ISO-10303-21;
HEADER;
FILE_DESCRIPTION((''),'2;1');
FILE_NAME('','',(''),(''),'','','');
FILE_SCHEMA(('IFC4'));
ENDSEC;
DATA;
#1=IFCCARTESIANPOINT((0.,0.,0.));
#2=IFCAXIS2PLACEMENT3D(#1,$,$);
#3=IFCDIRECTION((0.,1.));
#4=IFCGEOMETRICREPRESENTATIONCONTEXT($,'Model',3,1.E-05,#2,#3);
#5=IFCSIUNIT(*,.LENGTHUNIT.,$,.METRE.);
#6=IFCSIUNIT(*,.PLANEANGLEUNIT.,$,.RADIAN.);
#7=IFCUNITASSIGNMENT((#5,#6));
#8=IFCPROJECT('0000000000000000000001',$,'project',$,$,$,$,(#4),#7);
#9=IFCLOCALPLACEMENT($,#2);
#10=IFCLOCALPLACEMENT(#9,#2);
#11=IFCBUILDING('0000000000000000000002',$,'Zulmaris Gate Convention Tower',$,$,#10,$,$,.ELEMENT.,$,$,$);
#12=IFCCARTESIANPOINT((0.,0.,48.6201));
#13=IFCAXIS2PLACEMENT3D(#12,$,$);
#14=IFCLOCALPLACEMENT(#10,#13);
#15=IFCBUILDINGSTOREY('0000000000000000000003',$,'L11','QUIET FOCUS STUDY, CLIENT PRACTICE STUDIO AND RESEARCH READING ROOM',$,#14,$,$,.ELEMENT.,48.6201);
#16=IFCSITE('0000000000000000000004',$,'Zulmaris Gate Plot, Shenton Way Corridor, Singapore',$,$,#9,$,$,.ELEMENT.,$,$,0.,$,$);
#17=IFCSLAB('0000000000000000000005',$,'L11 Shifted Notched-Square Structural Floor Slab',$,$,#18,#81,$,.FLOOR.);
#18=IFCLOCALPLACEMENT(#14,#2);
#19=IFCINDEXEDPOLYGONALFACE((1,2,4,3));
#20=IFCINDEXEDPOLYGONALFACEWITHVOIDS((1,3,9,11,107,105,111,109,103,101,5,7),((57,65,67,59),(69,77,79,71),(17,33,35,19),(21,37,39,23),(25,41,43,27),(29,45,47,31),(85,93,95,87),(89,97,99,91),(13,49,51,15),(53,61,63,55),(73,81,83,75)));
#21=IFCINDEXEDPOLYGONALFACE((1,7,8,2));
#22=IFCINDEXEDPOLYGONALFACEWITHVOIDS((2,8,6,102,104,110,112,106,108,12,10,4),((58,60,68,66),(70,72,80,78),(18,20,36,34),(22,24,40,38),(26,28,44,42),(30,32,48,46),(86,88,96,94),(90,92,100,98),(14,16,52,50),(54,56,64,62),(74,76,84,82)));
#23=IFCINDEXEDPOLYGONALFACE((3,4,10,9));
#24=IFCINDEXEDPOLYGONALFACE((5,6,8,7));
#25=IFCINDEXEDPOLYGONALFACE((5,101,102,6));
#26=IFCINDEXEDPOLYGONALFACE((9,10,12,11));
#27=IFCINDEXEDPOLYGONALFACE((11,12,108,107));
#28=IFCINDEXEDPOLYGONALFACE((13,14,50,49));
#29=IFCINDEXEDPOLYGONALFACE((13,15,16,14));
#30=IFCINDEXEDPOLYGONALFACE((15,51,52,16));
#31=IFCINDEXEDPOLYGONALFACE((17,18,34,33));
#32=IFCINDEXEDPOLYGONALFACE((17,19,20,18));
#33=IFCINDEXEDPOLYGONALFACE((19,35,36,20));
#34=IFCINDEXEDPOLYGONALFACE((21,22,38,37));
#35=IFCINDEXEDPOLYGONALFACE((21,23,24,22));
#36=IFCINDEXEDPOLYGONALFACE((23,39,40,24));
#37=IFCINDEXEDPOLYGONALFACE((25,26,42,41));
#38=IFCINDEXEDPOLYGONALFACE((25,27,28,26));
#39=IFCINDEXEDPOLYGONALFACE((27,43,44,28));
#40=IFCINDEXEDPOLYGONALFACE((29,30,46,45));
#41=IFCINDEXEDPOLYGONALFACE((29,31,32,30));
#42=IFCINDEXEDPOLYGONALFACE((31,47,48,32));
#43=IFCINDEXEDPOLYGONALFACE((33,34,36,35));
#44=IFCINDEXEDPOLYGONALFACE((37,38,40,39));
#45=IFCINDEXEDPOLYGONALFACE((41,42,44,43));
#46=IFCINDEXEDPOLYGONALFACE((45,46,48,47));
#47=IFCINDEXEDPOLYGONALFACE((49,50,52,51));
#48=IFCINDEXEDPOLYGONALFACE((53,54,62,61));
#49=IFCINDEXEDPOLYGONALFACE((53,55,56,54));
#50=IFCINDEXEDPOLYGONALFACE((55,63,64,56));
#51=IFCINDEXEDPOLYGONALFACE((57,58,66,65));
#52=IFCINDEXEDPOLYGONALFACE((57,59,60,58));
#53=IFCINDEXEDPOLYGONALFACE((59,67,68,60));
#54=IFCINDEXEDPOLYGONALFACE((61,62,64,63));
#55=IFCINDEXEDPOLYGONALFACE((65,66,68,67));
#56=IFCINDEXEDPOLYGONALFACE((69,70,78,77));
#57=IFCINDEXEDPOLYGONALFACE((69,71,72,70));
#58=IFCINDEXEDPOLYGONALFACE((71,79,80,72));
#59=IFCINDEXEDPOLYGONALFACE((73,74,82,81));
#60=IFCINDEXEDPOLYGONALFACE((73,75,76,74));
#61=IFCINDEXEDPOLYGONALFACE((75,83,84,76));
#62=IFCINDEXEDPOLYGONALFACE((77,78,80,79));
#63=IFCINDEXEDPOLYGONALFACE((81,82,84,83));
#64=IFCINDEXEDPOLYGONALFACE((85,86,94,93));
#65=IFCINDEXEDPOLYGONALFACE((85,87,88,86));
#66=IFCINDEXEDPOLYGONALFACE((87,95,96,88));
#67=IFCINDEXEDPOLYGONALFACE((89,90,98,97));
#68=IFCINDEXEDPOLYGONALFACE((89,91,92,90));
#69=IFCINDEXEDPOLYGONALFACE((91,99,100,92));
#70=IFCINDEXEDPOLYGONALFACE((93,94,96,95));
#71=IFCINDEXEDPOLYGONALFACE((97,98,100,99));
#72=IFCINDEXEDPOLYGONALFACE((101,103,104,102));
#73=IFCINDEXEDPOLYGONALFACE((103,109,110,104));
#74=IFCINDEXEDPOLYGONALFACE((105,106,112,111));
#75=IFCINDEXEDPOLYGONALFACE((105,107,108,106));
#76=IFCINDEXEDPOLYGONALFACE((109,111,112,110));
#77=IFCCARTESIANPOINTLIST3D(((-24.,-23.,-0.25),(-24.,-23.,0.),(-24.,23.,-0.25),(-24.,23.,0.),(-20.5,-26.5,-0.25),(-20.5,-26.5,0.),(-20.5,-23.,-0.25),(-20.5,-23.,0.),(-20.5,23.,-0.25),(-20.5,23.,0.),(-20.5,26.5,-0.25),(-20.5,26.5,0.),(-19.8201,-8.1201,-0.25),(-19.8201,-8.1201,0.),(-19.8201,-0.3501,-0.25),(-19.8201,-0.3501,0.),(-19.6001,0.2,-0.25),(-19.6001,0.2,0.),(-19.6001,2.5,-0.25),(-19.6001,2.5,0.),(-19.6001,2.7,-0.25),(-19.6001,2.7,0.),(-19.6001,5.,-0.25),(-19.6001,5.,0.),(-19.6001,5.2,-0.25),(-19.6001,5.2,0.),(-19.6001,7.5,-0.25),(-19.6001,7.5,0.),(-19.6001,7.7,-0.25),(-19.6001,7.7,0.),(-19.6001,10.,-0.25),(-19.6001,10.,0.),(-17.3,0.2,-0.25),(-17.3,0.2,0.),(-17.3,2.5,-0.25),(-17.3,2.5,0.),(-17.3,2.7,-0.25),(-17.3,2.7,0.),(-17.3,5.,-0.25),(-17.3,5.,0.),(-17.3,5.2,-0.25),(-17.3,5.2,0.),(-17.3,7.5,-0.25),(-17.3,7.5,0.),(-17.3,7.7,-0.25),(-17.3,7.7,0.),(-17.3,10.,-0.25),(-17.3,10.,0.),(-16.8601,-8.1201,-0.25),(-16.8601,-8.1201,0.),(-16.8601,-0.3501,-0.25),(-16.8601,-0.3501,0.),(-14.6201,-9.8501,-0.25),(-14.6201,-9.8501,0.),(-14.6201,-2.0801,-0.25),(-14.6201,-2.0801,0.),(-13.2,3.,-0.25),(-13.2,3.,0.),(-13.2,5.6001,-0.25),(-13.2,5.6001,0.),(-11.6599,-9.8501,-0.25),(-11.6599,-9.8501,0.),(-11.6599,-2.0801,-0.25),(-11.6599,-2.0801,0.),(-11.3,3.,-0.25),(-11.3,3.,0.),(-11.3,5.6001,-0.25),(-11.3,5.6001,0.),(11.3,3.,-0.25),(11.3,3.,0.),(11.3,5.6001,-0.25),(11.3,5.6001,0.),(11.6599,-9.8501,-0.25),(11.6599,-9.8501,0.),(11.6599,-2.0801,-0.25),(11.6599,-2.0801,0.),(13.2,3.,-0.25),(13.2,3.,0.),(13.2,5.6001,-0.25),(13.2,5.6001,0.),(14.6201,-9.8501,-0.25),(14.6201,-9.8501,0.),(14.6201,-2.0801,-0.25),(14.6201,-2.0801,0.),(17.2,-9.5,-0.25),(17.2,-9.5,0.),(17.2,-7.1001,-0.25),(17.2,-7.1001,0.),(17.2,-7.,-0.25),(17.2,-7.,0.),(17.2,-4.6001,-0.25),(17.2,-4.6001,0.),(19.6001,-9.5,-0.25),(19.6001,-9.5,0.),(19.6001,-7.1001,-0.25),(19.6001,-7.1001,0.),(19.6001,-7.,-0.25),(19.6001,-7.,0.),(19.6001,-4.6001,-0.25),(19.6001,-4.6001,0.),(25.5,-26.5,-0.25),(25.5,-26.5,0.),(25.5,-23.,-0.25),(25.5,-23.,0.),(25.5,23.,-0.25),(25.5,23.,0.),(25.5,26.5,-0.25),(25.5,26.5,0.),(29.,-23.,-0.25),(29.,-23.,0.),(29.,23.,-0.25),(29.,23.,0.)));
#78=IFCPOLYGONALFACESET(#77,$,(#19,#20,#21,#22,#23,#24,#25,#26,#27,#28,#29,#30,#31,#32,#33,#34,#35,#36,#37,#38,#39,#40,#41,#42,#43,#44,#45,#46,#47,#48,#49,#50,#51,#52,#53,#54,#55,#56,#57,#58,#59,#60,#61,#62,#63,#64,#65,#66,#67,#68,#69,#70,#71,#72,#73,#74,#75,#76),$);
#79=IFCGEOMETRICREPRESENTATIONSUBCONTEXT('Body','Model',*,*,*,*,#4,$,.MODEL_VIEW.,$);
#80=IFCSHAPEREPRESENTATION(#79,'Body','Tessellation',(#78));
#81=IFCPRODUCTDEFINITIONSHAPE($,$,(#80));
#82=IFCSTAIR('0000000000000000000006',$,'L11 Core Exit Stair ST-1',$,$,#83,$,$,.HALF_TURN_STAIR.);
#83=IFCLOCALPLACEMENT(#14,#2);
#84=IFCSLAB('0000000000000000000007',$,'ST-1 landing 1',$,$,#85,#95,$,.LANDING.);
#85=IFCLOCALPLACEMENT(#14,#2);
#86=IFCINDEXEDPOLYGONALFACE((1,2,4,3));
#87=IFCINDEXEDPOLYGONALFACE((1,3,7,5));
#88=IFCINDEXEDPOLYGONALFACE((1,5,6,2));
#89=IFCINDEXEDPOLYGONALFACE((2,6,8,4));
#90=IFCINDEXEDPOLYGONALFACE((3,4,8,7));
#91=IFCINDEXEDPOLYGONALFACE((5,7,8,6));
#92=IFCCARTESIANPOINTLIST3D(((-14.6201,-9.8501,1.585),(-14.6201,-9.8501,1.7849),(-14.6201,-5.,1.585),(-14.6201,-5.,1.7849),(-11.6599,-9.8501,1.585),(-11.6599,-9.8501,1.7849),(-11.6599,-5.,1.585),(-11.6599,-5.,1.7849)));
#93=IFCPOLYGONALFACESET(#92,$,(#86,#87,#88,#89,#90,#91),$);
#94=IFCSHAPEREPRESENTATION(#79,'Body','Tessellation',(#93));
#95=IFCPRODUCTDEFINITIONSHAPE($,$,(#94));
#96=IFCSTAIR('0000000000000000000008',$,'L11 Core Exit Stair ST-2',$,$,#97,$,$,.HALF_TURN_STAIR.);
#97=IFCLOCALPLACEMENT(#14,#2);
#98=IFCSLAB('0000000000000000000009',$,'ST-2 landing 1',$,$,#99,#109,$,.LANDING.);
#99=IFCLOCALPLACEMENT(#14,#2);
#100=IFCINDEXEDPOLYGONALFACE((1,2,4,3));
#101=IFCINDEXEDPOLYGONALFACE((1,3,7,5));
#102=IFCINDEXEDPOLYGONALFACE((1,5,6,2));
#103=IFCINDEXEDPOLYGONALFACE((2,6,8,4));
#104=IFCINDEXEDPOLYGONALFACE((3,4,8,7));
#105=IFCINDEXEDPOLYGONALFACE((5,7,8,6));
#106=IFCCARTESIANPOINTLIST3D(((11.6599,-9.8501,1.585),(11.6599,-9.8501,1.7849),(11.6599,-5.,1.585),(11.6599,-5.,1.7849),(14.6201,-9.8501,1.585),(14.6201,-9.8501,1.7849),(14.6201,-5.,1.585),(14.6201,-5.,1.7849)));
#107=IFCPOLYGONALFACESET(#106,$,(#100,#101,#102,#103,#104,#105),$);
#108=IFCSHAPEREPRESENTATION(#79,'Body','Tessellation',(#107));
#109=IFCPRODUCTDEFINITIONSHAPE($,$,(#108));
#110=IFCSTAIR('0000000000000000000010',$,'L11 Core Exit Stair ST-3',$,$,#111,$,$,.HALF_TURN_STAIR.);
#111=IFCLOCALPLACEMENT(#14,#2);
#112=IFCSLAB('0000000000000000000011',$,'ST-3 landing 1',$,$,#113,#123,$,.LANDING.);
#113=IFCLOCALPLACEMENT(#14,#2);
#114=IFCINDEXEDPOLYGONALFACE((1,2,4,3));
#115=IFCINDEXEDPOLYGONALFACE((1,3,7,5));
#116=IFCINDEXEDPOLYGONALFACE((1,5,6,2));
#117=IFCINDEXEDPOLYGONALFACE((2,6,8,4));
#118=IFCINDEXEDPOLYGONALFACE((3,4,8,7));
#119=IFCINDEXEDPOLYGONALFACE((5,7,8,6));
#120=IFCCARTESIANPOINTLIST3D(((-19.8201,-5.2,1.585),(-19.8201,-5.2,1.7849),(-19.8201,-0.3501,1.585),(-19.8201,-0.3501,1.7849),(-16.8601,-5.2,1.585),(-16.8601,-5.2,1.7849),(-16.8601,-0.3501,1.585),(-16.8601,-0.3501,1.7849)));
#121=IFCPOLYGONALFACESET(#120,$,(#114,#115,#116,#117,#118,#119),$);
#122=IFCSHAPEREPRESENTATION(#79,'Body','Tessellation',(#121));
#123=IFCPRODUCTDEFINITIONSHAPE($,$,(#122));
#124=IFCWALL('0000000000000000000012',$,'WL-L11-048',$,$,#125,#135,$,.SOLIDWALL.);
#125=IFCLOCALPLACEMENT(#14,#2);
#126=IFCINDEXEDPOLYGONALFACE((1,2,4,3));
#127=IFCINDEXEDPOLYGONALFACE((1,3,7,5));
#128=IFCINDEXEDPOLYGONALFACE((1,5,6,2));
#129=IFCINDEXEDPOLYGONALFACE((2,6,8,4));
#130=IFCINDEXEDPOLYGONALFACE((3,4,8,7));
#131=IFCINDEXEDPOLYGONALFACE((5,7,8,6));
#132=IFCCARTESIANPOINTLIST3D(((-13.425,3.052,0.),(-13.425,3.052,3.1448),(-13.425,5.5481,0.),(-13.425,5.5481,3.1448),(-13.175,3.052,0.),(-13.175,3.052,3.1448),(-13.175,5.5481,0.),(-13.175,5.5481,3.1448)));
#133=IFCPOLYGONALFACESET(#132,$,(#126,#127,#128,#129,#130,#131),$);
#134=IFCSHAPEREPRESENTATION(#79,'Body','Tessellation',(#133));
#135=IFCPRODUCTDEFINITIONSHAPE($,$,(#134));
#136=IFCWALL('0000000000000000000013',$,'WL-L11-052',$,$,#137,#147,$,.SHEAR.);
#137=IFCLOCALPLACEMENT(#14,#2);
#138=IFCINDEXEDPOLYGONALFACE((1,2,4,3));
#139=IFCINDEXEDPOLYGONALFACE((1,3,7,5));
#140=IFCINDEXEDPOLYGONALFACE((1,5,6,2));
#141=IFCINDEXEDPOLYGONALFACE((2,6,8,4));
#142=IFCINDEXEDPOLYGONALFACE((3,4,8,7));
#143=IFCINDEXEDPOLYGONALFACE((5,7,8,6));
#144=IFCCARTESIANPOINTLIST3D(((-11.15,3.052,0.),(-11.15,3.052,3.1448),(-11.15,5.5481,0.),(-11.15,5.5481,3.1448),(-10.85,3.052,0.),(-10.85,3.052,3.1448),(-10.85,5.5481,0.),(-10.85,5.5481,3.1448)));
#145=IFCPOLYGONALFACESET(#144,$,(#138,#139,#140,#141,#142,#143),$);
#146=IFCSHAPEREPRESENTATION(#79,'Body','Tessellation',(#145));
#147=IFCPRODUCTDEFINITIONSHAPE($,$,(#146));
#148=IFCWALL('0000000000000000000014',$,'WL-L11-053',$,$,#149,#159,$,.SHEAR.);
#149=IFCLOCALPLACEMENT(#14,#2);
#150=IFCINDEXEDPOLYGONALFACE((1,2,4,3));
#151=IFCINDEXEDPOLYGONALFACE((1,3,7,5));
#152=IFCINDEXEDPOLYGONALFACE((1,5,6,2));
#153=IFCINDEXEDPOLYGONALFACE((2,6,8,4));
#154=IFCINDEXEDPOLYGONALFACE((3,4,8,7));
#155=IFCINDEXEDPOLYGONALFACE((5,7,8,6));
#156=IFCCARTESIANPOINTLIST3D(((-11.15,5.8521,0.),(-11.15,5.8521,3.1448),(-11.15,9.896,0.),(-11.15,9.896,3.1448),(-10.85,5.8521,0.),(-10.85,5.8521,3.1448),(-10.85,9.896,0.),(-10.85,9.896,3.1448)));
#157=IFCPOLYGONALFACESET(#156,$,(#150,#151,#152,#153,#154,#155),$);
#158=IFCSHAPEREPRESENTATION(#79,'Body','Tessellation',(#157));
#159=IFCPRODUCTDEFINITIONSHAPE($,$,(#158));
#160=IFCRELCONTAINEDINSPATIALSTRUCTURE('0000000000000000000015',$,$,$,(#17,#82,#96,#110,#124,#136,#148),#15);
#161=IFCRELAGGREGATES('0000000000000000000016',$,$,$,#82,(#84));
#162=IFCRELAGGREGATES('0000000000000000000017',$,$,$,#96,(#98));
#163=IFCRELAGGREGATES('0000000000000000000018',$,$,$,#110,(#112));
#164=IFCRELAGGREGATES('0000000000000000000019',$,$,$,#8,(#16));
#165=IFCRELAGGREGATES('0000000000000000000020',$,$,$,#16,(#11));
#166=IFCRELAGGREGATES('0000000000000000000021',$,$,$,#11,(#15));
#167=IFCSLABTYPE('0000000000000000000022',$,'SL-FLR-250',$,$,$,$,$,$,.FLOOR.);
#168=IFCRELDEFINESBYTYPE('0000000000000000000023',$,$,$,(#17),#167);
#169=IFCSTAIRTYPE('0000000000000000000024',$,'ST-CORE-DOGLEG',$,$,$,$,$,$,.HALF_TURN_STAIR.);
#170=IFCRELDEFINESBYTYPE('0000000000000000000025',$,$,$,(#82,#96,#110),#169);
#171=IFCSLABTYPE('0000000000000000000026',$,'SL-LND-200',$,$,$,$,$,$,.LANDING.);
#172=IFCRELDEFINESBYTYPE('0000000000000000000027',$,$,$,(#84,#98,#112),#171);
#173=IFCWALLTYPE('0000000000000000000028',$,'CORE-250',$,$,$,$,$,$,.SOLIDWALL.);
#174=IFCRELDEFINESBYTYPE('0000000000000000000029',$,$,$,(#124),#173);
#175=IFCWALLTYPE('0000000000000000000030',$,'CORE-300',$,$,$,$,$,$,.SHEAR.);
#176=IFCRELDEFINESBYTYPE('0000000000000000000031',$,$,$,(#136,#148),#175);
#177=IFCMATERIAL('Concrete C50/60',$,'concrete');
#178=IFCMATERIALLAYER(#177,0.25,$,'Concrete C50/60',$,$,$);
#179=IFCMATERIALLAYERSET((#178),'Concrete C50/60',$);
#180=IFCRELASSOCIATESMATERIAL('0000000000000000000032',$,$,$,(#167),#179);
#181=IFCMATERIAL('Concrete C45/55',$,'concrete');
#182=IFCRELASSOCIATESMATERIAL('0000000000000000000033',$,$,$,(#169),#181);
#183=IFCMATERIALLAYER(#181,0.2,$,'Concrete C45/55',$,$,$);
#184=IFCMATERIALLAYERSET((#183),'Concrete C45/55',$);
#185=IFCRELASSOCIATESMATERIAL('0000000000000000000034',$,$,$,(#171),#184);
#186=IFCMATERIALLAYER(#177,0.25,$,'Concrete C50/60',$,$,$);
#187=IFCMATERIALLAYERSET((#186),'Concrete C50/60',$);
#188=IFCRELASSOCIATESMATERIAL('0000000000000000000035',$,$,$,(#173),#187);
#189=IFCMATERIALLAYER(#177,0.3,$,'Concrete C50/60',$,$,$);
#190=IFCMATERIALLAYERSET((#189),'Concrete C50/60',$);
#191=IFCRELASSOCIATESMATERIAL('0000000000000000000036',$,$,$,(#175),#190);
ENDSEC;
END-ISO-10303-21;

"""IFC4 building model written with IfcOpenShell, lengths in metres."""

from ifc_helpers import new_model, si_unit, direction, frame, frame_2d, origin, place, context, subcontext, project, spatial, polyline, rectangle, outline, extrude, material, layer, layer_set, type_object, element, aggregate, save


model = new_model("IFC4")

# Units and contexts
model_context = context("Model", 3, precision=1e-05, world=origin(), true_north=direction((0.0, 1.0)))
body_context = subcontext(model_context, "Body", "Model", "MODEL_VIEW")
ifc_project = project(units=[si_unit("LENGTHUNIT", "METRE"), si_unit("PLANEANGLEUNIT", "RADIAN")], contexts=[model_context])

# Site, building, storey
site_placement = place(None, origin())
site = spatial("IfcSite", under=ifc_project, at=site_placement, Name="Zulmaris Gate Plot, Shenton Way Corridor, Singapore", CompositionType="ELEMENT", RefElevation=0.0)
building_placement = place(site_placement, origin())
building = spatial("IfcBuilding", under=site, at=building_placement, Name="Zulmaris Gate Convention Tower", CompositionType="ELEMENT")
storey_placement = place(building_placement, frame((0.0, 0.0, 48.6201)))
storey = spatial("IfcBuildingStorey", under=building, at=storey_placement, Name="L11", Description="QUIET FOCUS STUDY, CLIENT PRACTICE STUDIO AND RESEARCH READING ROOM", CompositionType="ELEMENT", Elevation=48.6201)

# Slab
ifc_material_1 = material(Name="Concrete C50/60", Category="concrete")
ifc_layer_1 = layer(ifc_material_1, 0.25, Name="Concrete C50/60")
ifc_layer_set_1 = layer_set([ifc_layer_1], Name="Concrete C50/60")
slab_type_1 = type_object("IfcSlabType", Name="SL-FLR-250", PredefinedType="FLOOR", material=ifc_layer_set_1)
slab_1_placement = place(storey_placement, frame((0.0, 0.0, -0.25)))
element("IfcSlab", 1, at=slab_1_placement, inside=storey, type_object=slab_type_1, Name="L11 Shifted Notched-Square Structural Floor Slab", PredefinedType="FLOOR", context=body_context, shape_type="SweptSolid", body=[
    extrude(outline(polyline([(-20.5, -26.5), (25.5, -26.5), (25.5, -23.0), (29.0, -23.0), (29.0, 23.0), (25.5, 23.0), (25.5, 26.5), (-20.5, 26.5), (-20.5, 23.0), (-24.0, 23.0), (-24.0, -23.0), (-20.5, -23.0), (-20.5, -26.5)]), holes=[polyline([(-14.6201, -2.0801), (-14.6201, -9.8501), (-11.6599, -9.8501), (-11.6599, -2.0801), (-14.6201, -2.0801)]), polyline([(11.6599, -2.0801), (11.6599, -9.8501), (14.6201, -9.8501), (14.6201, -2.0801), (11.6599, -2.0801)]), polyline([(-16.8601, -8.1201), (-16.8601, -0.3501), (-19.8201, -0.3501), (-19.8201, -8.1201), (-16.8601, -8.1201)]), polyline([(-13.2, 3.0), (-11.3, 3.0), (-11.3, 5.6001), (-13.2, 5.6001), (-13.2, 3.0)]), polyline([(11.3, 3.0), (13.2, 3.0), (13.2, 5.6001), (11.3, 5.6001), (11.3, 3.0)]), polyline([(-19.6001, 0.2), (-17.3, 0.2), (-17.3, 2.5), (-19.6001, 2.5), (-19.6001, 0.2)]), polyline([(-19.6001, 2.7), (-17.3, 2.7), (-17.3, 5.0), (-19.6001, 5.0), (-19.6001, 2.7)]), polyline([(-19.6001, 5.2), (-17.3, 5.2), (-17.3, 7.5), (-19.6001, 7.5), (-19.6001, 5.2)]), polyline([(-19.6001, 7.7), (-17.3, 7.7), (-17.3, 10.0), (-19.6001, 10.0), (-19.6001, 7.7)]), polyline([(17.2, -9.5), (19.6001, -9.5), (19.6001, -7.1001), (17.2, -7.1001), (17.2, -9.5)]), polyline([(17.2, -7.0), (19.6001, -7.0), (19.6001, -4.6001), (17.2, -4.6001), (17.2, -7.0)])]), origin(), (0.0, 0.0, 1.0), 0.25),
])

# Stairs, slabs
ifc_material_2 = material(Name="Concrete C45/55", Category="concrete")
stair_type = type_object("IfcStairType", Name="ST-CORE-DOGLEG", PredefinedType="HALF_TURN_STAIR", material=ifc_material_2)
stair_1_placement = place(storey_placement, origin())
stair_1 = element("IfcStair", 2, at=stair_1_placement, inside=storey, type_object=stair_type, Name="L11 Core Exit Stair ST-1", PredefinedType="HALF_TURN_STAIR")
ifc_layer_2 = layer(ifc_material_2, 0.2, Name="Concrete C45/55")
ifc_layer_set_2 = layer_set([ifc_layer_2], Name="Concrete C45/55")
slab_type_2 = type_object("IfcSlabType", Name="SL-LND-200", PredefinedType="LANDING", material=ifc_layer_set_2)
slab_2_placement = place(storey_placement, frame((0.0, 0.0, 1.585)))
slab_2 = element("IfcSlab", 3, at=slab_2_placement, type_object=slab_type_2, Name="ST-1 landing 1", PredefinedType="LANDING", context=body_context, shape_type="SweptSolid", body=[
    extrude(outline(polyline([(-14.6201, -5.0), (-14.6201, -9.8501), (-11.6599, -9.8501), (-11.6599, -5.0), (-14.6201, -5.0)])), origin(), (0.0, 0.0, 1.0), 0.2),
])
aggregate(stair_1, [slab_2])
stair_2_placement = place(storey_placement, origin())
stair_2 = element("IfcStair", 4, at=stair_2_placement, inside=storey, type_object=stair_type, Name="L11 Core Exit Stair ST-2", PredefinedType="HALF_TURN_STAIR")
slab_3_placement = place(storey_placement, frame((0.0, 0.0, 1.585)))
slab_3 = element("IfcSlab", 5, at=slab_3_placement, type_object=slab_type_2, Name="ST-2 landing 1", PredefinedType="LANDING", context=body_context, shape_type="SweptSolid", body=[
    extrude(outline(polyline([(11.6599, -5.0), (11.6599, -9.8501), (14.6201, -9.8501), (14.6201, -5.0), (11.6599, -5.0)])), origin(), (0.0, 0.0, 1.0), 0.2),
])
aggregate(stair_2, [slab_3])
stair_3_placement = place(storey_placement, origin())
stair_3 = element("IfcStair", 6, at=stair_3_placement, inside=storey, type_object=stair_type, Name="L11 Core Exit Stair ST-3", PredefinedType="HALF_TURN_STAIR")
slab_4_placement = place(storey_placement, frame((0.0, 0.0, 1.585)))
slab_4 = element("IfcSlab", 7, at=slab_4_placement, type_object=slab_type_2, Name="ST-3 landing 1", PredefinedType="LANDING", context=body_context, shape_type="SweptSolid", body=[
    extrude(outline(polyline([(-16.8601, -5.2), (-16.8601, -0.3501), (-19.8201, -0.3501), (-19.8201, -5.2), (-16.8601, -5.2)])), origin(), (0.0, 0.0, 1.0), 0.2),
])
aggregate(stair_3, [slab_4])

# Wall
ifc_layer_3 = layer(ifc_material_1, 0.25, Name="Concrete C50/60")
ifc_layer_set_3 = layer_set([ifc_layer_3], Name="Concrete C50/60")
wall_type_1 = type_object("IfcWallType", Name="CORE-250", PredefinedType="SOLIDWALL", material=ifc_layer_set_3)
wall_1_placement = place(storey_placement, frame((-13.3, 3.052, 0.0), z_axis=(0.0, 0.0, 1.0), x_axis=(0.0, 1.0, 0.0)))
element("IfcWall", 8, at=wall_1_placement, inside=storey, type_object=wall_type_1, Name="WL-L11-048", PredefinedType="SOLIDWALL", context=body_context, shape_type="SweptSolid", body=[
    extrude(rectangle(XDim=2.4961, YDim=0.25, at=frame_2d((1.248, 0.0))), origin(), (0.0, 0.0, 1.0), 3.1448),
])

# Shared definitions
ifc_layer_4 = layer(ifc_material_1, 0.3, Name="Concrete C50/60")
ifc_layer_set_4 = layer_set([ifc_layer_4], Name="Concrete C50/60")
wall_type_2 = type_object("IfcWallType", Name="CORE-300", PredefinedType="SHEAR", material=ifc_layer_set_4)

# Walls
wall_2_placement = place(storey_placement, frame((-11.0, 3.052, 0.0), z_axis=(0.0, 0.0, 1.0), x_axis=(0.0, 1.0, 0.0)))
element("IfcWall", 9, at=wall_2_placement, inside=storey, type_object=wall_type_2, Name="WL-L11-052", PredefinedType="SHEAR", context=body_context, shape_type="SweptSolid", body=[
    extrude(rectangle(XDim=2.4961, YDim=0.3, at=frame_2d((1.248, 0.0))), origin(), (0.0, 0.0, 1.0), 3.1448),
])
wall_3_placement = place(storey_placement, frame((-11.0, 5.8521, 0.0), z_axis=(0.0, 0.0, 1.0), x_axis=(0.0, 1.0, 0.0)))
element("IfcWall", 10, at=wall_3_placement, inside=storey, type_object=wall_type_2, Name="WL-L11-053", PredefinedType="SHEAR", context=body_context, shape_type="SweptSolid", body=[
    extrude(rectangle(XDim=4.0439, YDim=0.3, at=frame_2d((2.022, 0.0))), origin(), (0.0, 0.0, 1.0), 3.1448),
])

save(model, "model.ifc")
